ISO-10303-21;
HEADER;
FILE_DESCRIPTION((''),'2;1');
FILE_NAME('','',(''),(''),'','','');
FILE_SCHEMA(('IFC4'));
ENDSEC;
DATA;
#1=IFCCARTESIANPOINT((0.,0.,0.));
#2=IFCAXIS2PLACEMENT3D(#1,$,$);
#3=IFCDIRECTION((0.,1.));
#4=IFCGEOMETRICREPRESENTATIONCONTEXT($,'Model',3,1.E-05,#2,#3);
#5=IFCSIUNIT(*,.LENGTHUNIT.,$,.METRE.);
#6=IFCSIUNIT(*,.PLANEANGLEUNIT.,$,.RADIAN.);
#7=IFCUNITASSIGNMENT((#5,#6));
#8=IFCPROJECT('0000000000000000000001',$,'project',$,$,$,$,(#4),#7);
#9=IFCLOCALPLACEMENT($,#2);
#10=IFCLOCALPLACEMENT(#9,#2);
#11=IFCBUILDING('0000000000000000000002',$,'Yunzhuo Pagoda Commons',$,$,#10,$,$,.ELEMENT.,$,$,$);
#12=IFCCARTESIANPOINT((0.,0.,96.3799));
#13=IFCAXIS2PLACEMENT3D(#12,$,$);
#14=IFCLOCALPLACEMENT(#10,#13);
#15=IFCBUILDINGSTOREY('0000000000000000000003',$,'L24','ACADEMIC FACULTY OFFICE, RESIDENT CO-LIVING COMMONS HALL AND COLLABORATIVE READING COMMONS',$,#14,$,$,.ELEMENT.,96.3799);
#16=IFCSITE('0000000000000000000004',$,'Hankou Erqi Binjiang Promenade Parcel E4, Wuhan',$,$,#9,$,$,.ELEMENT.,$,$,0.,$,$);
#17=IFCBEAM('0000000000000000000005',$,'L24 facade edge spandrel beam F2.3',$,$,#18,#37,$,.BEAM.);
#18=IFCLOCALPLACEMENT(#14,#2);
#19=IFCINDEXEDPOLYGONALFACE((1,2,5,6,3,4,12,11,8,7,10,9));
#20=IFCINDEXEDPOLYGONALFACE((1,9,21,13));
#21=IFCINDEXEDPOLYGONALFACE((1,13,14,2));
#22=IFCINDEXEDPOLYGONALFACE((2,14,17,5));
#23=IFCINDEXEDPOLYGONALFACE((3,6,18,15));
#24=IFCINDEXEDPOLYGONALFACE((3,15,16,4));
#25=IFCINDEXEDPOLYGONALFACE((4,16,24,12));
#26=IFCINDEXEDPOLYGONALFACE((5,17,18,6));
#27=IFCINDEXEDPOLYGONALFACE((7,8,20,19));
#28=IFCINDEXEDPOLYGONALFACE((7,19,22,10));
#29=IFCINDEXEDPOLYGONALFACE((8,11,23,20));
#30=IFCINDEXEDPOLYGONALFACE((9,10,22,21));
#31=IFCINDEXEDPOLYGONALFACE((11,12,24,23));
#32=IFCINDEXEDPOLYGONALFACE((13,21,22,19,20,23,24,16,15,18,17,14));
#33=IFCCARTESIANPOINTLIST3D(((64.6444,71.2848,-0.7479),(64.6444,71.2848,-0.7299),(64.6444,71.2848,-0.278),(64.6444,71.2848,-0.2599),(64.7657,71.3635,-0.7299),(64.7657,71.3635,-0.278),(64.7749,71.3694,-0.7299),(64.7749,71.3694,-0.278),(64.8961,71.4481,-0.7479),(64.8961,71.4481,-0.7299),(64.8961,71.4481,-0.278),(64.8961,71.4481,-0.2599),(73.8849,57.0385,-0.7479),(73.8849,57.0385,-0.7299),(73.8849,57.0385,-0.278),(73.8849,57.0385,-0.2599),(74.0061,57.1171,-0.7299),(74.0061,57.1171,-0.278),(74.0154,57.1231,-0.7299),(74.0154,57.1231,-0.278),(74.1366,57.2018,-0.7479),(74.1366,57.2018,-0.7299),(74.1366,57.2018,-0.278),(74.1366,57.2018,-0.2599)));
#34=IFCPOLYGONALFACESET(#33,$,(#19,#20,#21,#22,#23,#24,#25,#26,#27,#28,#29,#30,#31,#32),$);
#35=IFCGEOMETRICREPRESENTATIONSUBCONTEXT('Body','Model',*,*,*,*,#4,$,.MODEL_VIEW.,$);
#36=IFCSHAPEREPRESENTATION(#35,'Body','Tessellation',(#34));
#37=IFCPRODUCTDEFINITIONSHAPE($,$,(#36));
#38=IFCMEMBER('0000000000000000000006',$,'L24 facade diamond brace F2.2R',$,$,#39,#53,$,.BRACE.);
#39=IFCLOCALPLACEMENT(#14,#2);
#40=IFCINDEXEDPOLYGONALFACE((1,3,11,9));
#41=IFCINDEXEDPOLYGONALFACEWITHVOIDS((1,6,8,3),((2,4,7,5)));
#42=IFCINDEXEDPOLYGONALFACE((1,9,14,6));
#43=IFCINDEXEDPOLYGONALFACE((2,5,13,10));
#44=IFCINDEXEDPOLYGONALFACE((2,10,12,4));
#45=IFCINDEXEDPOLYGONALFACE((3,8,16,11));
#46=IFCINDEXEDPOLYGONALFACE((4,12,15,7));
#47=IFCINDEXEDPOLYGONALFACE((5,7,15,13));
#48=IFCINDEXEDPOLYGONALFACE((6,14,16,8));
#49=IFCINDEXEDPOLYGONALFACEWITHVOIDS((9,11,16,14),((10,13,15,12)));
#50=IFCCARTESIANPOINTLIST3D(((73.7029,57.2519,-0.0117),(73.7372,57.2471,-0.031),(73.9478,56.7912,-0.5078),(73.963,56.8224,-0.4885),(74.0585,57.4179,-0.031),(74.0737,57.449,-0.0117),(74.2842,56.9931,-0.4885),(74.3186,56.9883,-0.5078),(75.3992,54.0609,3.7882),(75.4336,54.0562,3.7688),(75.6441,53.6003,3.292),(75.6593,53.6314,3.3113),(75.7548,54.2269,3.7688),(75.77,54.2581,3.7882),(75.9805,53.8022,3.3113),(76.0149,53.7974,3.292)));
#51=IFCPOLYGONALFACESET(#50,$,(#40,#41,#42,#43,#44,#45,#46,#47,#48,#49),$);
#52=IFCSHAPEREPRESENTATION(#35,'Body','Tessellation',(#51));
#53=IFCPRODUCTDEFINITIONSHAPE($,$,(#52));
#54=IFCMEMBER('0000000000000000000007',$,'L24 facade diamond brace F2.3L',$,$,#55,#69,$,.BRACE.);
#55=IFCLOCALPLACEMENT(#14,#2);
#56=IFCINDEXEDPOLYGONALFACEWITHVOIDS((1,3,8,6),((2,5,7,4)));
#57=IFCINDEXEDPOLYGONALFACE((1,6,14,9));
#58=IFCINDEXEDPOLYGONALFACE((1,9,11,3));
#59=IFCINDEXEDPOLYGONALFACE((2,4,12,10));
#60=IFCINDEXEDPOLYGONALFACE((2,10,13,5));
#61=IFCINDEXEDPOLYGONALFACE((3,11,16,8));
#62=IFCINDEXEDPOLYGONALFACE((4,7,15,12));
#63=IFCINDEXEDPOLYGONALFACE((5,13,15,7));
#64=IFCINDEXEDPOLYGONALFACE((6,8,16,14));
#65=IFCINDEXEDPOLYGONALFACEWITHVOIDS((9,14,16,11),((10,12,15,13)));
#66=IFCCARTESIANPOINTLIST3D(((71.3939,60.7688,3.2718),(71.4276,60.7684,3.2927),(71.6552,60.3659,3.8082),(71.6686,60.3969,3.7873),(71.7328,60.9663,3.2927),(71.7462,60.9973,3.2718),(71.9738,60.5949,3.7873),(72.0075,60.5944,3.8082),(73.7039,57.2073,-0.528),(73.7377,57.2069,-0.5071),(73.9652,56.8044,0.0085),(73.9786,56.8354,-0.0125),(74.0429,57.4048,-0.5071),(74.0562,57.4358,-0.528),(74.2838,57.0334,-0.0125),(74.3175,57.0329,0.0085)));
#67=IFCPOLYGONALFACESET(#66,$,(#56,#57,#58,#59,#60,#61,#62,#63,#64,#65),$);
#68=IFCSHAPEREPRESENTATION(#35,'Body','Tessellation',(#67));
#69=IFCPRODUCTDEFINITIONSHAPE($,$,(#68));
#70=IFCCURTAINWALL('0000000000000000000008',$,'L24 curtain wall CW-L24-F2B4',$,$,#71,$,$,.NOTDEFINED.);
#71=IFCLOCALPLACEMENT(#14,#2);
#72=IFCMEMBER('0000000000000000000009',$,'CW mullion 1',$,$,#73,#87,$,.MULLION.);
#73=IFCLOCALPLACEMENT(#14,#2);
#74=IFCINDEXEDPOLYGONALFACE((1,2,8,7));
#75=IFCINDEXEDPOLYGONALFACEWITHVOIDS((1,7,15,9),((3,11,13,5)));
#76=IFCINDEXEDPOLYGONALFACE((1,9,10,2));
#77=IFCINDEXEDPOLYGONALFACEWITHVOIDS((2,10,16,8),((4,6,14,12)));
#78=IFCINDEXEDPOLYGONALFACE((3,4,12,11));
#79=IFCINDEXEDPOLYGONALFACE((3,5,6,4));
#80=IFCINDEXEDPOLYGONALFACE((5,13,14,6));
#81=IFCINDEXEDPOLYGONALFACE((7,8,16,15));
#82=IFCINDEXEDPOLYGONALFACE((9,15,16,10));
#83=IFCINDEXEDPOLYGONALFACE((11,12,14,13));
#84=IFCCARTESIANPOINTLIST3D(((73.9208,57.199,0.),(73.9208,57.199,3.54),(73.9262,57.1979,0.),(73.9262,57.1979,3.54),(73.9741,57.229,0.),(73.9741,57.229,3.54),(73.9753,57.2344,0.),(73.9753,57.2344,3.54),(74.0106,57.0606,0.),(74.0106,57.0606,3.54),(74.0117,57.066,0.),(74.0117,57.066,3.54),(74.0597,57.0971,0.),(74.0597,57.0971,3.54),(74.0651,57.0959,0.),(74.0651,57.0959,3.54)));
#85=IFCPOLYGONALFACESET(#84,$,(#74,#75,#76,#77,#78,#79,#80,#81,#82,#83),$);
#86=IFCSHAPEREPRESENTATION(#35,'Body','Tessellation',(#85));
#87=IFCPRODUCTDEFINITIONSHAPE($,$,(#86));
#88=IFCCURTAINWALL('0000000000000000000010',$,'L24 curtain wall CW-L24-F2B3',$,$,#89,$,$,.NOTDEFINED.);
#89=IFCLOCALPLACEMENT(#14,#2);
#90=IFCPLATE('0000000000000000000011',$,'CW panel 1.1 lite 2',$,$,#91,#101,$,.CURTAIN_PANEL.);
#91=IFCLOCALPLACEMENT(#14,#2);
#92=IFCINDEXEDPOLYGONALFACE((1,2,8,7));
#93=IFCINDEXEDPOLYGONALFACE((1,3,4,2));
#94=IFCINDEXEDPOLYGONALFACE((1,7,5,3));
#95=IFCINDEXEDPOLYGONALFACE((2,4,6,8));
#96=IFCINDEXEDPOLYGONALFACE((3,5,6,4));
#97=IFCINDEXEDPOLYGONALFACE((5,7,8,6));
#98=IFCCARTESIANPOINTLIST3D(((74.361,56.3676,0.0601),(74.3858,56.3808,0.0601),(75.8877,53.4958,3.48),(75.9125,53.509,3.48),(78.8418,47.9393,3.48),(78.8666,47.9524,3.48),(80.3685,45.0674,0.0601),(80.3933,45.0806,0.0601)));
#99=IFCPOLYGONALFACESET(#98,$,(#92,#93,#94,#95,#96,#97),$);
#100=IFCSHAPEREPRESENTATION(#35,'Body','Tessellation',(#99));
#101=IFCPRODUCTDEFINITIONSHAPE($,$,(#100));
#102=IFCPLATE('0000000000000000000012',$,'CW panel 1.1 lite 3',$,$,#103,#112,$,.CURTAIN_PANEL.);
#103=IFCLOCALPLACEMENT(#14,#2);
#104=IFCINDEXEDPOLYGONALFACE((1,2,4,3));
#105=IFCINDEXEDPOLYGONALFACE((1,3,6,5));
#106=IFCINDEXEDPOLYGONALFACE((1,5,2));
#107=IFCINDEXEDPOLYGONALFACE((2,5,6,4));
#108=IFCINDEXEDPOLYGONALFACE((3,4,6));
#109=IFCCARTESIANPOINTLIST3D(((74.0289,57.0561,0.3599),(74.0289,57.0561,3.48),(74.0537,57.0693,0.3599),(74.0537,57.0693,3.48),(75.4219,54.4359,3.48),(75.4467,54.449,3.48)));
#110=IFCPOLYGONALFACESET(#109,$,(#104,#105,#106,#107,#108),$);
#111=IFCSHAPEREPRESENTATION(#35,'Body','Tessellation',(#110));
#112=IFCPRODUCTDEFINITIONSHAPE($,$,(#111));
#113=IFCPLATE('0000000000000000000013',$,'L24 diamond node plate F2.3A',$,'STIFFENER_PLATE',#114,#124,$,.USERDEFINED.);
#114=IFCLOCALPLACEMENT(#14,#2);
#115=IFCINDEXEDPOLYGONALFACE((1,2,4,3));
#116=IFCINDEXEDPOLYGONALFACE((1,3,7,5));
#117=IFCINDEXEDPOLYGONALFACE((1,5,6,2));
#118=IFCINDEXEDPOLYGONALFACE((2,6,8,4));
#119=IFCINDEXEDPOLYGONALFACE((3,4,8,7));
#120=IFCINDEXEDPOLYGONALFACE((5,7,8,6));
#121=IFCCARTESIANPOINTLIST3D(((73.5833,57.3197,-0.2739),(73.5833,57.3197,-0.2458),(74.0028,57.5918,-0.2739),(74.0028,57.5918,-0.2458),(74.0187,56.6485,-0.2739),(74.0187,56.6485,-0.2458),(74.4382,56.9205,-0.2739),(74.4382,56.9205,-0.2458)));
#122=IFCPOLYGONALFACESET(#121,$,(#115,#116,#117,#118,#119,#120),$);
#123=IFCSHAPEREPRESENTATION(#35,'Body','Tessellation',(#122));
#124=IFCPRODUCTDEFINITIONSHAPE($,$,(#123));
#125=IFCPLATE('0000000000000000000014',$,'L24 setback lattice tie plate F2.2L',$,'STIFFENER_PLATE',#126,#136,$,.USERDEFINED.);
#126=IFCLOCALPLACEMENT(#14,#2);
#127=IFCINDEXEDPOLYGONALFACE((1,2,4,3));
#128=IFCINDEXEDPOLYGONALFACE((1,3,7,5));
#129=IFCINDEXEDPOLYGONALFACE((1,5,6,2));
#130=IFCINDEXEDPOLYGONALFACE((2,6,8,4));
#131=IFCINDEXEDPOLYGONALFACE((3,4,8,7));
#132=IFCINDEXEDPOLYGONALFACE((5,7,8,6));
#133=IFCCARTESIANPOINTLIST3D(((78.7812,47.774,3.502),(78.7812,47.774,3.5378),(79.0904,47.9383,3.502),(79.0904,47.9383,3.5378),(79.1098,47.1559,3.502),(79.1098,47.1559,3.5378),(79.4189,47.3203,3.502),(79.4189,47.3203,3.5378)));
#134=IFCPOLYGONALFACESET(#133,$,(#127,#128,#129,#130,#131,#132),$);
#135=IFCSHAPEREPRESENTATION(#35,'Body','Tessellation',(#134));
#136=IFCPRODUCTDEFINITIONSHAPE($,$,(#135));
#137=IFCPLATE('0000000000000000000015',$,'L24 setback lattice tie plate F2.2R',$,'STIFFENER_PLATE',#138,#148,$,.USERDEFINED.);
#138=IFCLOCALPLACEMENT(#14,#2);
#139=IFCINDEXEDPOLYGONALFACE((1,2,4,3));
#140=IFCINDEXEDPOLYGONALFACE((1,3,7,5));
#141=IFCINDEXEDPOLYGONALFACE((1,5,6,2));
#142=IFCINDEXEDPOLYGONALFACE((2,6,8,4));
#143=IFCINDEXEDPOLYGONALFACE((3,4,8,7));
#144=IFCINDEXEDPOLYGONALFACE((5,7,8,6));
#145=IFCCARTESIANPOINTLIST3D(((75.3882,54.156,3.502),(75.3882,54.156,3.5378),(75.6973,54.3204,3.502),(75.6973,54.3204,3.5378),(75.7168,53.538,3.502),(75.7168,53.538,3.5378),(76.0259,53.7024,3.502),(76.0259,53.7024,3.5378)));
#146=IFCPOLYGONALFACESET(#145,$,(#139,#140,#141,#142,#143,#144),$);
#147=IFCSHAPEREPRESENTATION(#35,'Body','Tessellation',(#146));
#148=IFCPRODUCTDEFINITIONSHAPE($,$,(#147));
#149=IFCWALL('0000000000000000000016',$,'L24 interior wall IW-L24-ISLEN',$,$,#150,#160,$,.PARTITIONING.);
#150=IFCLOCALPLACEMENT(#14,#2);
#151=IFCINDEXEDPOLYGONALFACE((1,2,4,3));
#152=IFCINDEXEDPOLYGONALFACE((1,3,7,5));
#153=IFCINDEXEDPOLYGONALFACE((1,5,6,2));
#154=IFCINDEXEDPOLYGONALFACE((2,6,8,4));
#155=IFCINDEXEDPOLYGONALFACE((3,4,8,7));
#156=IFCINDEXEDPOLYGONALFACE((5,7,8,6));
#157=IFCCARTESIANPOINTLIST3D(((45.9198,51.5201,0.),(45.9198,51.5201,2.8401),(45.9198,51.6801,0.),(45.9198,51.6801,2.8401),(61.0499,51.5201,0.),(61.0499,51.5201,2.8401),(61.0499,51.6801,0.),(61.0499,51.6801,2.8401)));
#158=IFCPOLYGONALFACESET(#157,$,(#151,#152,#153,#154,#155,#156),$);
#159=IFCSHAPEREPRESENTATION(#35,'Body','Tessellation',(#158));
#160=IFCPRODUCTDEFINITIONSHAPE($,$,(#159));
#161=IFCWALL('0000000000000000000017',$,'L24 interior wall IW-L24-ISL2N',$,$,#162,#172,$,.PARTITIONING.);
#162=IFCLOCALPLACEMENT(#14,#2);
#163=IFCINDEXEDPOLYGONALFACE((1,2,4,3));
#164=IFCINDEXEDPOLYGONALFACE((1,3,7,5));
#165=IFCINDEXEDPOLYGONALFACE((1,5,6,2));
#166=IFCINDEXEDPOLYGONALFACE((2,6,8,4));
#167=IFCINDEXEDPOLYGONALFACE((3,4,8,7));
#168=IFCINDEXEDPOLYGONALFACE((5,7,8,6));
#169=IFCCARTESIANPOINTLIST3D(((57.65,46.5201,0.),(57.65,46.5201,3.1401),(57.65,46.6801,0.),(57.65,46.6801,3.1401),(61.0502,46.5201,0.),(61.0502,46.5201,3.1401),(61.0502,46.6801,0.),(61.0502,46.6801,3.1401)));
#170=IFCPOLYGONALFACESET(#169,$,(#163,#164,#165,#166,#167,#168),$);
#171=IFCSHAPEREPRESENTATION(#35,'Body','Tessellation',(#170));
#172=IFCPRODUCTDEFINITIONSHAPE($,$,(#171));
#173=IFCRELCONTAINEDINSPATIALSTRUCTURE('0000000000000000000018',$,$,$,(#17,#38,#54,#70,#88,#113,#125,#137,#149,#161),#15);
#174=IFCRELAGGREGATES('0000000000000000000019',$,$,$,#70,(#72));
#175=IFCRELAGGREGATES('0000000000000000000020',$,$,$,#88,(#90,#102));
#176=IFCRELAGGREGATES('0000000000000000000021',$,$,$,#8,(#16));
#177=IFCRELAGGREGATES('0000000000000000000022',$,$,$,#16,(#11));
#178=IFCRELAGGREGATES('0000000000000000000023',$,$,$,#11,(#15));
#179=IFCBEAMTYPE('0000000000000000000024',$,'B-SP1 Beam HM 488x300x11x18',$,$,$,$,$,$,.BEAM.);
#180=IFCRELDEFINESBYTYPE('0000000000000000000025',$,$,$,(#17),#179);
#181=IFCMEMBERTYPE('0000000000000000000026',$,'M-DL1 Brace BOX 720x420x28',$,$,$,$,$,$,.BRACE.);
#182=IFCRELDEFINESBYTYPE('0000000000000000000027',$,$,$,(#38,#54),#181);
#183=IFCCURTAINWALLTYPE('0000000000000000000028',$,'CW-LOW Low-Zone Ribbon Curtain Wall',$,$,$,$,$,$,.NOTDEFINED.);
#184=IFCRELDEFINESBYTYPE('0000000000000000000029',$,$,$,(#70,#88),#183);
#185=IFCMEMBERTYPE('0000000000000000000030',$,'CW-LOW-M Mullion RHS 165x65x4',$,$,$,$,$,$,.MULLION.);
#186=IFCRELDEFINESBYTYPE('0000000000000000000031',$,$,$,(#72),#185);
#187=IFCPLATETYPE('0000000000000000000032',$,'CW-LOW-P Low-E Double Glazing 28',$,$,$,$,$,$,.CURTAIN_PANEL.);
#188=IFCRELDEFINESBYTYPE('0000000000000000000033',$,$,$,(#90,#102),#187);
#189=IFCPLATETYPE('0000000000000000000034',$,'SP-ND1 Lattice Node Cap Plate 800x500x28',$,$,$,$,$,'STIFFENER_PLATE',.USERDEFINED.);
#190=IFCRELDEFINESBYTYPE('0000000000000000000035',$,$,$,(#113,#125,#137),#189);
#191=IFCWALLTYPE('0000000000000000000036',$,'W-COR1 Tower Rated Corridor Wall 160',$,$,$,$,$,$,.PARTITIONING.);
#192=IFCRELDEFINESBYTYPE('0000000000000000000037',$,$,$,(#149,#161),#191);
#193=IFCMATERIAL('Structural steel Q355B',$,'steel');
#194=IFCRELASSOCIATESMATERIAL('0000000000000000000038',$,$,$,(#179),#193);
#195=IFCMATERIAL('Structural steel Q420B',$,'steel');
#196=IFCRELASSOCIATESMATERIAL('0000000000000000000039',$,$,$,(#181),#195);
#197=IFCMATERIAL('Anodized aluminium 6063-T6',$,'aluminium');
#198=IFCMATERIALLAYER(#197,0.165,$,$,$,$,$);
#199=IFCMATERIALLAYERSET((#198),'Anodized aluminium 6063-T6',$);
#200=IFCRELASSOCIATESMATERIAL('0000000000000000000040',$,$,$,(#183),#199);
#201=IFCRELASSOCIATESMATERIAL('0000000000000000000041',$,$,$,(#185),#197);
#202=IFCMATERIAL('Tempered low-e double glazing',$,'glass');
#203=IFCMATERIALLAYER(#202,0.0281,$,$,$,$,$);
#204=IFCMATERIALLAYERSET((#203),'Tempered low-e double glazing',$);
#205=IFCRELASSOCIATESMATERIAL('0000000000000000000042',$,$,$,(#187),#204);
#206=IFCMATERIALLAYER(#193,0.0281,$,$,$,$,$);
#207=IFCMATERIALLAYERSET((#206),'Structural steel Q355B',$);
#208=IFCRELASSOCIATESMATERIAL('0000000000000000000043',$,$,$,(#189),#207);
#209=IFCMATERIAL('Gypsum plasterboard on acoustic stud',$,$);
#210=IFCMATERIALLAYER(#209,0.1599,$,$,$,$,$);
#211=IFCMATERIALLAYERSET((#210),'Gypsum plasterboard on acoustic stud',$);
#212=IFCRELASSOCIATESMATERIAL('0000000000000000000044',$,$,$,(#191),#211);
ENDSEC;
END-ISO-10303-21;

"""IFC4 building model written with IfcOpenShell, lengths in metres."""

from ifc_helpers import new_model, si_unit, direction, frame, frame_2d, origin, origin_2d, place, context, subcontext, project, spatial, polyline, rectangle, hollow_rectangle, i_section, outline, extrude, source, transform, mapped, material, layer, layer_set, material_profile, profile_set, type_object, element, aggregate, save


model = new_model("IFC4")

# Units and contexts
model_context = context("Model", 3, precision=1e-05, world=origin(), true_north=direction((0.0, 1.0)))
body_context = subcontext(model_context, "Body", "Model", "MODEL_VIEW")
ifc_project = project(units=[si_unit("LENGTHUNIT", "METRE"), si_unit("PLANEANGLEUNIT", "RADIAN")], contexts=[model_context])

# Site, building, storey
site_placement = place(None, origin())
site = spatial("IfcSite", under=ifc_project, at=site_placement, Name="Hankou Erqi Binjiang Promenade Parcel E4, Wuhan", CompositionType="ELEMENT", RefElevation=0.0)
building_placement = place(site_placement, origin())
building = spatial("IfcBuilding", under=site, at=building_placement, Name="Yunzhuo Pagoda Commons", CompositionType="ELEMENT")
storey_placement = place(building_placement, frame((0.0, 0.0, 96.3799)))
storey = spatial("IfcBuildingStorey", under=building, at=storey_placement, Name="L24", Description="ACADEMIC FACULTY OFFICE, RESIDENT CO-LIVING COMMONS HALL AND COLLABORATIVE READING COMMONS", CompositionType="ELEMENT", Elevation=96.3799)

# Shared definitions
ifc_material_1 = material(Name="Structural steel Q420B", Category="steel")

# Beam
ifc_material_2 = material(Name="Structural steel Q355B", Category="steel")
ifc_material_profile_1 = material_profile(ifc_material_2, i_section(OverallWidth=0.3, OverallDepth=0.488, WebThickness=0.011, FlangeThickness=0.0181, at=origin_2d()), Name="Structural steel Q355B")
ifc_profile_set_1 = profile_set([ifc_material_profile_1], Name="Structural steel Q355B")
beam_type_1 = type_object("IfcBeamType", Name="B-SP1 Beam HM 488x300x11x18", PredefinedType="BEAM", material=ifc_profile_set_1)
shared_shape_1 = source(origin(), body_context, "Body", "SweptSolid", [
    extrude(i_section(OverallWidth=0.3, OverallDepth=0.488, WebThickness=0.011, FlangeThickness=0.0181, at=origin_2d()), origin(), (0.0, 0.0, 1.0), 16.9807),
])
beam_1_placement = place(storey_placement, frame((74.0107, 57.1201, -0.5039), z_axis=(-0.544175, 0.838972, 0.0), x_axis=(-0.838972, -0.544175, 0.0)))
element("IfcBeam", 1, at=beam_1_placement, inside=storey, type_object=beam_type_1, Name="L24 facade edge spandrel beam F2.3", PredefinedType="BEAM", context=body_context, shape_type="MappedRepresentation", body=[
    mapped(shared_shape_1, transform((0.0, 0.0, 0.0), scale=1.0)),
])

# Members
ifc_material_profile_2 = material_profile(ifc_material_1, hollow_rectangle(XDim=0.4199, YDim=0.72, WallThickness=0.0281, at=origin_2d()), Name="Structural steel Q420B")
ifc_profile_set_2 = profile_set([ifc_material_profile_2], Name="Structural steel Q420B")
member_type_1 = type_object("IfcMemberType", Name="M-DL1 Brace BOX 720x420x28", PredefinedType="BRACE", material=ifc_profile_set_2)
shared_shape_2 = source(origin(), body_context, "Body", "SweptSolid", [
    extrude(hollow_rectangle(XDim=0.4199, YDim=0.72, WallThickness=0.0281, at=origin_2d()), origin(), (0.0, 0.0, 1.0), 5.2439),
])
member_1_placement = place(storey_placement, frame((74.0107, 57.1201, -0.2598), z_axis=(0.323482, -0.608508, 0.724622), x_axis=(0.882988, 0.469396, 0.0)))
element("IfcMember", 2, at=member_1_placement, inside=storey, type_object=member_type_1, Name="L24 facade diamond brace F2.2R", PredefinedType="BRACE", context=body_context, shape_type="MappedRepresentation", body=[
    mapped(shared_shape_2, transform((0.0, 0.0, 0.0), scale=1.0)),
])
shared_shape_3 = source(origin(), body_context, "Body", "SweptSolid", [
    extrude(hollow_rectangle(XDim=0.4199, YDim=0.72, WallThickness=0.0281, at=origin_2d()), origin(), (0.0, 0.0, 1.0), 5.6973),
])
member_2_placement = place(storey_placement, frame((74.0107, 57.1201, -0.2598), z_axis=(-0.405465, 0.625124, 0.666947), x_axis=(-0.838974, -0.544171, 0.0)))
element("IfcMember", 3, at=member_2_placement, inside=storey, type_object=member_type_1, Name="L24 facade diamond brace F2.3L", PredefinedType="BRACE", context=body_context, shape_type="MappedRepresentation", body=[
    mapped(shared_shape_3, transform((0.0, 0.0, 0.0), scale=1.0)),
])

# Curtain wall, member
ifc_material_3 = material(Name="Anodized aluminium 6063-T6", Category="aluminium")
ifc_layer_1 = layer(ifc_material_3, 0.165)
ifc_layer_set_1 = layer_set([ifc_layer_1], Name="Anodized aluminium 6063-T6")
curtain_wall_type = type_object("IfcCurtainWallType", Name="CW-LOW Low-Zone Ribbon Curtain Wall", PredefinedType="NOTDEFINED", material=ifc_layer_set_1)
curtain_wall_1_placement = place(storey_placement, origin())
curtain_wall_1 = element("IfcCurtainWall", 4, at=curtain_wall_1_placement, inside=storey, type_object=curtain_wall_type, Name="L24 curtain wall CW-L24-F2B4", PredefinedType="NOTDEFINED")
ifc_material_profile_3 = material_profile(ifc_material_3, hollow_rectangle(XDim=0.0649, YDim=0.165, WallThickness=0.0039, at=origin_2d()), Name="Anodized aluminium 6063-T6")
ifc_profile_set_3 = profile_set([ifc_material_profile_3], Name="Anodized aluminium 6063-T6")
member_type_2 = type_object("IfcMemberType", Name="CW-LOW-M Mullion RHS 165x65x4", PredefinedType="MULLION", material=ifc_profile_set_3)
shared_shape_4 = source(origin(), body_context, "Body", "SweptSolid", [
    extrude(hollow_rectangle(XDim=0.0649, YDim=0.165, WallThickness=0.0039, at=origin_2d()), origin(), (0.0, 0.0, 1.0), 3.54),
])
member_3_placement = place(storey_placement, frame((73.9929, 57.1475, 0.0), z_axis=(0.0, 0.0, 1.0), x_axis=(-0.838972, -0.544174, 0.0)))
member_3 = element("IfcMember", 5, at=member_3_placement, type_object=member_type_2, Name="CW mullion 1", PredefinedType="MULLION", context=body_context, shape_type="MappedRepresentation", body=[
    mapped(shared_shape_4, transform((0.0, 0.0, 0.0), scale=1.0)),
])
aggregate(curtain_wall_1, [member_3])

# Curtain wall, plates
curtain_wall_2_placement = place(storey_placement, origin())
curtain_wall_2 = element("IfcCurtainWall", 6, at=curtain_wall_2_placement, inside=storey, type_object=curtain_wall_type, Name="L24 curtain wall CW-L24-F2B3", PredefinedType="NOTDEFINED")
ifc_material_4 = material(Name="Tempered low-e double glazing", Category="glass")
ifc_layer_2 = layer(ifc_material_4, 0.0281)
ifc_layer_set_2 = layer_set([ifc_layer_2], Name="Tempered low-e double glazing")
plate_type_1 = type_object("IfcPlateType", Name="CW-LOW-P Low-E Double Glazing 28", PredefinedType="CURTAIN_PANEL", material=ifc_layer_set_2)
plate_1_placement = place(storey_placement, frame((77.3647, 50.7175, 1.77), z_axis=(0.882976, 0.469418, 0.0), x_axis=(-0.469418, 0.882976, 0.0)))
plate_1 = element("IfcPlate", 7, at=plate_1_placement, type_object=plate_type_1, Name="CW panel 1.1 lite 2", PredefinedType="CURTAIN_PANEL", context=body_context, shape_type="SweptSolid", body=[
    extrude(outline(polyline([(-6.3989, -1.71), (6.3989, -1.71), (3.1465, 1.71), (-3.1465, 1.71), (-6.3989, -1.71)])), origin(), (0.0, 0.0, 1.0), 0.0281),
])
plate_2_placement = place(storey_placement, frame((74.7253, 55.7461, 1.9199), z_axis=(0.882976, 0.469418, 0.0), x_axis=(-0.469418, 0.882976, 0.0)))
plate_2 = element("IfcPlate", 8, at=plate_2_placement, type_object=plate_type_1, Name="CW panel 1.1 lite 3", PredefinedType="CURTAIN_PANEL", context=body_context, shape_type="SweptSolid", body=[
    extrude(outline(polyline([(-1.4839, 1.5601), (1.4836, -1.5601), (1.4836, 1.5601), (-1.4839, 1.5601)])), origin(), (0.0, 0.0, 1.0), 0.0281),
])
aggregate(curtain_wall_2, [plate_1, plate_2])

# Plates
ifc_layer_3 = layer(ifc_material_2, 0.0281)
ifc_layer_set_3 = layer_set([ifc_layer_3], Name="Structural steel Q355B")
plate_type_2 = type_object("IfcPlateType", Name="SP-ND1 Lattice Node Cap Plate 800x500x28", ElementType="STIFFENER_PLATE", PredefinedType="USERDEFINED", material=ifc_layer_set_3)
shared_shape_5 = source(origin(), body_context, "Body", "SweptSolid", [
    extrude(rectangle(XDim=0.8, YDim=0.5, at=origin_2d()), origin(), (0.0, 0.0, 1.0), 0.0281),
])
plate_3_placement = place(storey_placement, frame((74.0107, 57.1201, -0.2739), z_axis=(0.0, 0.0, 1.0), x_axis=(-0.544171, 0.838975, 0.0)))
element("IfcPlate", 9, at=plate_3_placement, inside=storey, type_object=plate_type_2, Name="L24 diamond node plate F2.3A", ObjectType="STIFFENER_PLATE", PredefinedType="USERDEFINED", context=body_context, shape_type="MappedRepresentation", body=[
    mapped(shared_shape_5, transform((0.0, 0.0, 0.0), scale=1.0)),
])
shared_shape_6 = source(origin(), body_context, "Body", "SweptSolid", [
    extrude(rectangle(XDim=0.7, YDim=0.3501, at=origin_2d()), origin(), (0.0, 0.0, 1.0), 0.0359),
])
for number, where, z_axis, x_axis, name in (
    (10, (79.1001, 47.5471, 3.502), (0.0, 0.0, 1.0), (-0.469425, 0.882972, 0.0), "L24 setback lattice tie plate F2.2L"),
    (11, (75.707, 53.9292, 3.502), (0.0, 0.0, 1.0), (-0.469425, 0.882972, 0.0), "L24 setback lattice tie plate F2.2R"),
):
    element("IfcPlate", number, at=place(storey_placement, frame(where, z_axis=z_axis, x_axis=x_axis)), inside=storey, type_object=plate_type_2, Name=name, ObjectType="STIFFENER_PLATE", PredefinedType="USERDEFINED", context=body_context, shape_type="MappedRepresentation", body=[
        mapped(shared_shape_6, transform((0.0, 0.0, 0.0), scale=1.0)),
    ])

# Walls
ifc_material_5 = material(Name="Gypsum plasterboard on acoustic stud")
ifc_layer_4 = layer(ifc_material_5, 0.1599)
ifc_layer_set_4 = layer_set([ifc_layer_4], Name="Gypsum plasterboard on acoustic stud")
wall_type_1 = type_object("IfcWallType", Name="W-COR1 Tower Rated Corridor Wall 160", PredefinedType="PARTITIONING", material=ifc_layer_set_4)
wall_1_placement = place(storey_placement, frame((45.9199, 51.6001, 0.0), z_axis=(0.0, 0.0, 1.0), x_axis=(1.0, 0.0, 0.0)))
element("IfcWall", 12, at=wall_1_placement, inside=storey, type_object=wall_type_1, Name="L24 interior wall IW-L24-ISLEN", PredefinedType="PARTITIONING", context=body_context, shape_type="SweptSolid", body=[
    extrude(rectangle(XDim=15.1301, YDim=0.1599, at=frame_2d((7.5649, 0.0))), origin(), (0.0, 0.0, 1.0), 2.8401),
])
wall_2_placement = place(storey_placement, frame((57.6499, 46.6001, 0.0), z_axis=(0.0, 0.0, 1.0), x_axis=(1.0, 0.0, 0.0)))
element("IfcWall", 13, at=wall_2_placement, inside=storey, type_object=wall_type_1, Name="L24 interior wall IW-L24-ISL2N", PredefinedType="PARTITIONING", context=body_context, shape_type="SweptSolid", body=[
    extrude(rectangle(XDim=3.4001, YDim=0.1599, at=frame_2d((1.7002, 0.0))), origin(), (0.0, 0.0, 1.0), 3.1401),
])

save(model, "model.ifc")
